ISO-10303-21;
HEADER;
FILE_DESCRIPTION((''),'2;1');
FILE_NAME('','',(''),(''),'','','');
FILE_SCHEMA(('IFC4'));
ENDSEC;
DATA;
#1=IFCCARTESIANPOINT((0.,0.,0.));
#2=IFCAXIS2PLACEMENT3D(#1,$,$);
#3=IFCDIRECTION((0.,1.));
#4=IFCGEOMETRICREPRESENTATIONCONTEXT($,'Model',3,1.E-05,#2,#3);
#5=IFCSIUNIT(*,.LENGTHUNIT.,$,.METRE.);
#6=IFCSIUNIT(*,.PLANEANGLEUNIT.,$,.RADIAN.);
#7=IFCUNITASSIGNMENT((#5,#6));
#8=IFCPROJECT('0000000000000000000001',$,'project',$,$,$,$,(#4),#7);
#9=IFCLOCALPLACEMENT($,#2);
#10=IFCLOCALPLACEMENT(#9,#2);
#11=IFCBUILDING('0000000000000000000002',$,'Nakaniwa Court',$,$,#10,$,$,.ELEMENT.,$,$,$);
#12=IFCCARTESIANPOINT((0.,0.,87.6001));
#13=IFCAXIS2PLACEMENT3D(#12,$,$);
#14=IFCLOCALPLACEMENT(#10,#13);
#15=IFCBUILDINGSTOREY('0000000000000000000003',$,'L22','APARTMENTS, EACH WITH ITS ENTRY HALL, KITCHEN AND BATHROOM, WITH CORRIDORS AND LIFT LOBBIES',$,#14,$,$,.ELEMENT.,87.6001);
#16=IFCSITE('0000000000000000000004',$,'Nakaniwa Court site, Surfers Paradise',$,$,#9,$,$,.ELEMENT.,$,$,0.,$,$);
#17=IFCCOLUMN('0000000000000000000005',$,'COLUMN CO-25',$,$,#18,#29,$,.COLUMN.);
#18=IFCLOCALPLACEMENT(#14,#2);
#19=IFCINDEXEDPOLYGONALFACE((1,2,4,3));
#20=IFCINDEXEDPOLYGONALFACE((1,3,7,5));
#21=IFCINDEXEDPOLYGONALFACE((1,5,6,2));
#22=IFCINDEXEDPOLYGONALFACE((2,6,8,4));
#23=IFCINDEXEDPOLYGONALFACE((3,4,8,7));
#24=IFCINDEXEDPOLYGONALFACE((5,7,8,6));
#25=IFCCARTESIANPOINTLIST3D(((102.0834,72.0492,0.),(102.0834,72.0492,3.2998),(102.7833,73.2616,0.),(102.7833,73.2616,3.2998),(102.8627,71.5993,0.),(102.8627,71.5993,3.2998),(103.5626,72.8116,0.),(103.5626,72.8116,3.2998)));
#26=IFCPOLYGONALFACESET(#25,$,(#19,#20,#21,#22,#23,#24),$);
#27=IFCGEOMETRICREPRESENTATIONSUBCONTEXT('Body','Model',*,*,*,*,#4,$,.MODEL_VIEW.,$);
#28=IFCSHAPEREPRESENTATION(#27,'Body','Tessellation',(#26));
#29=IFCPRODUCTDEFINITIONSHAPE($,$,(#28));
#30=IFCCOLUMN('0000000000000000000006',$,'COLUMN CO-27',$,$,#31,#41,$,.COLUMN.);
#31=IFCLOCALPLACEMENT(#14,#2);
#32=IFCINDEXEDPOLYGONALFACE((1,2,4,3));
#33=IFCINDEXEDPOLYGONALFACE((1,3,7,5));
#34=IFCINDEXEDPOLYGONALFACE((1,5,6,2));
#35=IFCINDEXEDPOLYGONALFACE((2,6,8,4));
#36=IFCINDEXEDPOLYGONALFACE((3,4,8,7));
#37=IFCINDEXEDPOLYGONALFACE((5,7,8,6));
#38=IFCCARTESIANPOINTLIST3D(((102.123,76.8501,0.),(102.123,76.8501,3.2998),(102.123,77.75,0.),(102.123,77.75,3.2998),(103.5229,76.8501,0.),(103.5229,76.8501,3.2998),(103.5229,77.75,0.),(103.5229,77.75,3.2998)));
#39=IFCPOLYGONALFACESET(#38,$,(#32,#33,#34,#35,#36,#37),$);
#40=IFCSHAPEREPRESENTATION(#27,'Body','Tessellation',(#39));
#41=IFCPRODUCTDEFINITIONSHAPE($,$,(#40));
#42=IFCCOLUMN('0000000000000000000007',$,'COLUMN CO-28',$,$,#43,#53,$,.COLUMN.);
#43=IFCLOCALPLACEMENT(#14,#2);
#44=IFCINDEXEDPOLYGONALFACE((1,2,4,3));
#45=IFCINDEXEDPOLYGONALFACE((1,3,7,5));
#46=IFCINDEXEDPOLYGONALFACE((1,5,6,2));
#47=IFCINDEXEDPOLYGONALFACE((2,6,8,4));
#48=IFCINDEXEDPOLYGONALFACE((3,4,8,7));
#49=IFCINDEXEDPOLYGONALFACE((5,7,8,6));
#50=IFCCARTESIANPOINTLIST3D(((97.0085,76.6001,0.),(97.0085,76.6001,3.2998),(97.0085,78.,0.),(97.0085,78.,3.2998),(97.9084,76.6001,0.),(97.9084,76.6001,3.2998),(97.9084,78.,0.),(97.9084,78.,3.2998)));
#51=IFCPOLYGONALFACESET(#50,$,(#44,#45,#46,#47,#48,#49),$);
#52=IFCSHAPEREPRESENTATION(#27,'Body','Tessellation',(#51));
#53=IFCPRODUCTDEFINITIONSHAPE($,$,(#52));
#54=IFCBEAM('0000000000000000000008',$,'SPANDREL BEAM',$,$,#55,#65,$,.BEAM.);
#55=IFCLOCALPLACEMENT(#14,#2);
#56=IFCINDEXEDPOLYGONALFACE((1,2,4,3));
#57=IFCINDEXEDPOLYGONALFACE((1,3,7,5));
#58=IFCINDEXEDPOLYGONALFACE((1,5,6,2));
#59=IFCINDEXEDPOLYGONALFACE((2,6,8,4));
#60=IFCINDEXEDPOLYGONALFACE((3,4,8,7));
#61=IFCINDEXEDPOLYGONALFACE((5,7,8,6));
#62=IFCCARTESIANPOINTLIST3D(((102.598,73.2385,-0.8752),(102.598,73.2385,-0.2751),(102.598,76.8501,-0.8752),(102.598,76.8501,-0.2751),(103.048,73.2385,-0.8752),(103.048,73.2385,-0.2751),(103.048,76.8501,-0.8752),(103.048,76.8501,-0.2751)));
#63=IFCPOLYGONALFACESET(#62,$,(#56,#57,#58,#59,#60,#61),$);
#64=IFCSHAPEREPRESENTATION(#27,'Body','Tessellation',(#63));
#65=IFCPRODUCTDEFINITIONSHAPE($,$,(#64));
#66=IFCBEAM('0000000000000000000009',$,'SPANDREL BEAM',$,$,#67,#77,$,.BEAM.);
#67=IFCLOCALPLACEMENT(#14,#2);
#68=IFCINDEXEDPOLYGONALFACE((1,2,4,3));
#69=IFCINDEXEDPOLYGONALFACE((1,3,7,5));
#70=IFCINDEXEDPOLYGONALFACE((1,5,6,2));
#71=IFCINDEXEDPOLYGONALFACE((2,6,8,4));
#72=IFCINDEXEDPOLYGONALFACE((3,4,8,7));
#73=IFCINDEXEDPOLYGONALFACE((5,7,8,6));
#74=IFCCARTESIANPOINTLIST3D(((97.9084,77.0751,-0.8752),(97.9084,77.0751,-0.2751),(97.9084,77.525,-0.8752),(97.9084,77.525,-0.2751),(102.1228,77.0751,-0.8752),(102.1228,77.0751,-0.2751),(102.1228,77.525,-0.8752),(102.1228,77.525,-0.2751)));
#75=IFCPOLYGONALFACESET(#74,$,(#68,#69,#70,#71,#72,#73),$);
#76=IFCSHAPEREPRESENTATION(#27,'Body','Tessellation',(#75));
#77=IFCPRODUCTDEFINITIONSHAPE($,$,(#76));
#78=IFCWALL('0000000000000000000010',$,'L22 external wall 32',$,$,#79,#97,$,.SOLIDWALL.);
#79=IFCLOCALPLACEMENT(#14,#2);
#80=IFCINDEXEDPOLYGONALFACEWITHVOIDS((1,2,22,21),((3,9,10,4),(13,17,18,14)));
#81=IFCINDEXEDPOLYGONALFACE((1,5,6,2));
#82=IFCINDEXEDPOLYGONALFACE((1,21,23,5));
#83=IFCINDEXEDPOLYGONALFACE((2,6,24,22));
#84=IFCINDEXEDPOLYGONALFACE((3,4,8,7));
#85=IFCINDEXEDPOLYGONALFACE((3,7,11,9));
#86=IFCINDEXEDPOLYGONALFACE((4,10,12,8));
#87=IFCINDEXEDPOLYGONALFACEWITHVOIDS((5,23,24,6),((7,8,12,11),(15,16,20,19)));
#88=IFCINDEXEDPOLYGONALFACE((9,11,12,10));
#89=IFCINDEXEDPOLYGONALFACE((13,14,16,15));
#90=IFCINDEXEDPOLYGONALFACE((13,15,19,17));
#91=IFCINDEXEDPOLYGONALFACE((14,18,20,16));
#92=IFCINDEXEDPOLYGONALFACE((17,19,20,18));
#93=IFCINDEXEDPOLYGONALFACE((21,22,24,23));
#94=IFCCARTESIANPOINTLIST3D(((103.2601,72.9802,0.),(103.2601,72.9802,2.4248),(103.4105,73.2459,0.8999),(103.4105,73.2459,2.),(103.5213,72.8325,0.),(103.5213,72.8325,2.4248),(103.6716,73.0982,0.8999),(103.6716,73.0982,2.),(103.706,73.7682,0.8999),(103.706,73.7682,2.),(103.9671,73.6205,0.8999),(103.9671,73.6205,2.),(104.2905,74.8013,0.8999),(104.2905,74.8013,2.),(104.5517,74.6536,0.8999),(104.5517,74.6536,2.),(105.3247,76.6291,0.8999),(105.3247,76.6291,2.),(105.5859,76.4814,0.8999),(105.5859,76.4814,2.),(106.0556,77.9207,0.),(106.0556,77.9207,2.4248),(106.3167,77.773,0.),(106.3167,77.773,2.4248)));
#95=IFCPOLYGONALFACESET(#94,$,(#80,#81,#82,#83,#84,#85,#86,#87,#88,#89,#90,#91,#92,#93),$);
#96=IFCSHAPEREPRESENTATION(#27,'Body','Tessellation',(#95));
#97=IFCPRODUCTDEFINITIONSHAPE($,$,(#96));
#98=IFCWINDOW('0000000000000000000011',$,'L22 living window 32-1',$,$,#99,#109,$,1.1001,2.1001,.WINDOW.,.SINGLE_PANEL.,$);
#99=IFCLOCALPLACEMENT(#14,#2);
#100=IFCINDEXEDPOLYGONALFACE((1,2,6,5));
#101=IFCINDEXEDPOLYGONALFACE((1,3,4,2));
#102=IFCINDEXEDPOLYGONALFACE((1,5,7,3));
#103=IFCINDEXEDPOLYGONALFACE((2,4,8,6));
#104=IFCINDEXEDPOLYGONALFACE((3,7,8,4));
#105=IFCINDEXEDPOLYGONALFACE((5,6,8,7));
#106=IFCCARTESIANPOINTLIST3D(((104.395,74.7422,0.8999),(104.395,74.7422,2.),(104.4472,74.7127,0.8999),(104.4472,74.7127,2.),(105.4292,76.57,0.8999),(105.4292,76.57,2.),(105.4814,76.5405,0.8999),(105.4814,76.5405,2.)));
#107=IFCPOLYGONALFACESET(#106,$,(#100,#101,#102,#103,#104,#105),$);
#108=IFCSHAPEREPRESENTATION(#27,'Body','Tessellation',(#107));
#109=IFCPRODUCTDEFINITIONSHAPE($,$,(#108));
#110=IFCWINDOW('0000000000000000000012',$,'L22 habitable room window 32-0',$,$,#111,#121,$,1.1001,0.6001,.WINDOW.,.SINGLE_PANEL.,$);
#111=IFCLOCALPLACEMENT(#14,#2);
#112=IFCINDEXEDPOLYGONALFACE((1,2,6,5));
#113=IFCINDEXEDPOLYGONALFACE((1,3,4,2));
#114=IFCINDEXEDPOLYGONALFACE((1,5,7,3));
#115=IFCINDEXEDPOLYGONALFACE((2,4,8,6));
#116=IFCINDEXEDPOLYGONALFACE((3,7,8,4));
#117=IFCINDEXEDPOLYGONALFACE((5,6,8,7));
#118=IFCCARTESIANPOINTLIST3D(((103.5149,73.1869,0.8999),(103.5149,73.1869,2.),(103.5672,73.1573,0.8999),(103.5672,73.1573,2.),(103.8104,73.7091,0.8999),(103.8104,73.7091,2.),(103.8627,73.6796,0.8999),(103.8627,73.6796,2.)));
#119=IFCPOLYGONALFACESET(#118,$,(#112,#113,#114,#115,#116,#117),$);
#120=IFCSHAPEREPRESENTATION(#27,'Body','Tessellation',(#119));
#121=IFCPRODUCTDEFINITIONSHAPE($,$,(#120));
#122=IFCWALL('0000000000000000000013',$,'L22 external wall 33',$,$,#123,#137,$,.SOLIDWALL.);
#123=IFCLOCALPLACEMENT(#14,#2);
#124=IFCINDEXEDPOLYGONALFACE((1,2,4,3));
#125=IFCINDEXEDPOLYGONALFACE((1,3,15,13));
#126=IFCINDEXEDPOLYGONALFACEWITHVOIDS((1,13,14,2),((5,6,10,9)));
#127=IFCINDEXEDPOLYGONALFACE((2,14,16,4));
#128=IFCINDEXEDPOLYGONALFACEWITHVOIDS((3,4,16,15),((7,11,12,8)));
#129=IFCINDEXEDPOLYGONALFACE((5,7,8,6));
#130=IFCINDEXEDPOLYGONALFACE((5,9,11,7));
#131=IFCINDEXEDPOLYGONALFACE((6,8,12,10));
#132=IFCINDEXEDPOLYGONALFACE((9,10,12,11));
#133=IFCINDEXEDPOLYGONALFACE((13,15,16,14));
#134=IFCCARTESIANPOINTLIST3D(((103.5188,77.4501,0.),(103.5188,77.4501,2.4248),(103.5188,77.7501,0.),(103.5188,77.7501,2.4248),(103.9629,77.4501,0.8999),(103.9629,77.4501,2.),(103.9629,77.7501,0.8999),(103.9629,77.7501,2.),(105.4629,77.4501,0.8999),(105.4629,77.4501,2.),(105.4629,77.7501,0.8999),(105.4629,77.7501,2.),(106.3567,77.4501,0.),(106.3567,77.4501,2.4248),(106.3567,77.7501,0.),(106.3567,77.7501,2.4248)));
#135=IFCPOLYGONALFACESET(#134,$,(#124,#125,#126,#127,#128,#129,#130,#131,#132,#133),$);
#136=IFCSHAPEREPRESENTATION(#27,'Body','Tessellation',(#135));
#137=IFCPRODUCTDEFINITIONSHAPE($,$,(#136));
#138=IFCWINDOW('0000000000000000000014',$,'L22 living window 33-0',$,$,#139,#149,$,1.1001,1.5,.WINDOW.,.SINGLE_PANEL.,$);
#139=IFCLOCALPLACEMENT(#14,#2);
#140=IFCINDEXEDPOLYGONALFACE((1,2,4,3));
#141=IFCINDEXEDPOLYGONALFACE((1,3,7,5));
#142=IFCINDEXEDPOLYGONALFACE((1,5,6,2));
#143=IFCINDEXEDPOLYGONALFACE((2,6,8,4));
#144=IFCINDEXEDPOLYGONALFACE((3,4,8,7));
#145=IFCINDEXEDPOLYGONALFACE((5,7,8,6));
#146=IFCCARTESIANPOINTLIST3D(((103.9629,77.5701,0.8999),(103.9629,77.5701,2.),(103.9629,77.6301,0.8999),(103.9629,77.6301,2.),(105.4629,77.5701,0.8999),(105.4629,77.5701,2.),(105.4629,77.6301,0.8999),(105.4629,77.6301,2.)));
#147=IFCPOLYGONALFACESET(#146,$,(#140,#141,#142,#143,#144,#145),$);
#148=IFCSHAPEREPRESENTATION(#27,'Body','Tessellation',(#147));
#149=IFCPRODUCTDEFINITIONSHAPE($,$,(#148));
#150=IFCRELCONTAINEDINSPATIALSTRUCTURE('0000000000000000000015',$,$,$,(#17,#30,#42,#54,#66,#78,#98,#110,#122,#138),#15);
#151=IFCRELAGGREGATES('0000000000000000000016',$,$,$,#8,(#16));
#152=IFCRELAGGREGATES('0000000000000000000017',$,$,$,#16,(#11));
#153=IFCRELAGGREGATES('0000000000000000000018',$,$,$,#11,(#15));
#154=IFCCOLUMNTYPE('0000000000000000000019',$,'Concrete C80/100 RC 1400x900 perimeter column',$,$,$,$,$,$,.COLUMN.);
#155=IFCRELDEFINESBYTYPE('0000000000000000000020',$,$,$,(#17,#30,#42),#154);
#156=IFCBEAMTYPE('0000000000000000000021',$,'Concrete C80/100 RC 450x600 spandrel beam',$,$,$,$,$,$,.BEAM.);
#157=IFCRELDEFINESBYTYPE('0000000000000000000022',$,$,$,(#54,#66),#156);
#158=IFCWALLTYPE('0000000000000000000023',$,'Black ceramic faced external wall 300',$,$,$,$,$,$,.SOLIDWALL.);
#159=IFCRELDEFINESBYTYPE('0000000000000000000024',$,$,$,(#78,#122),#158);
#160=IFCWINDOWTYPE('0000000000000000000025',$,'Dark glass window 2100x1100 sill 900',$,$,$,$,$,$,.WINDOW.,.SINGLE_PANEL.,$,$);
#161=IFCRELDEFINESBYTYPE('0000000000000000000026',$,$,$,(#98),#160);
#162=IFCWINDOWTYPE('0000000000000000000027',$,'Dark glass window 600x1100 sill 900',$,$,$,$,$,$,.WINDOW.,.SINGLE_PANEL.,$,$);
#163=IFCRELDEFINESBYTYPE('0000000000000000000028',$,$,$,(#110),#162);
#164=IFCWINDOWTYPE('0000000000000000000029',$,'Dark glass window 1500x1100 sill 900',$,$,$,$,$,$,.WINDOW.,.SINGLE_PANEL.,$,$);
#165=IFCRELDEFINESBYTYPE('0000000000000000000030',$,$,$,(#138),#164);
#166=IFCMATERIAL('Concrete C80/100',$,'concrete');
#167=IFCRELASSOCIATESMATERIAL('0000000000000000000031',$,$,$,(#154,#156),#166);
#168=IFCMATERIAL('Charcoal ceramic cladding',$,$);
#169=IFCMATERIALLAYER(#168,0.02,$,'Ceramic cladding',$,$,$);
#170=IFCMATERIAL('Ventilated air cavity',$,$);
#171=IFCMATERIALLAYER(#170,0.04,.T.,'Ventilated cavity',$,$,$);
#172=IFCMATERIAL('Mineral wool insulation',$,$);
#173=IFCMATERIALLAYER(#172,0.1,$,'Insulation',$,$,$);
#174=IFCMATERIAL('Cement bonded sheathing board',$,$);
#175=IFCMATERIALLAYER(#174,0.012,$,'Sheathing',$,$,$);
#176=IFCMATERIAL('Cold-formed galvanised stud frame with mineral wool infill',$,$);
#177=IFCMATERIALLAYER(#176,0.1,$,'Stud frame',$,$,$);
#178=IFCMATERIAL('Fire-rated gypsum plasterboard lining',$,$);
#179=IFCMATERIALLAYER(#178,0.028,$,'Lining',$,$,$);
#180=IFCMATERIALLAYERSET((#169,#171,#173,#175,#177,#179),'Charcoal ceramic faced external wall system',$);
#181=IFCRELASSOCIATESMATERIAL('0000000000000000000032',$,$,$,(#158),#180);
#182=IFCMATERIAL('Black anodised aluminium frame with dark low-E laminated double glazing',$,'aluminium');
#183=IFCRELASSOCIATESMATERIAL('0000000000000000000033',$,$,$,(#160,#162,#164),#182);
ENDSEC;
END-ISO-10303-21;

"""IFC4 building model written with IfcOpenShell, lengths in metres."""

from ifc_helpers import new_model, si_unit, direction, frame, frame_2d, origin, origin_2d, place, context, subcontext, project, spatial, rectangle, extrude, material, layer, layer_set, material_profile, profile_set, type_object, element, fill, save


model = new_model("IFC4")

# Units and contexts
model_context = context("Model", 3, precision=1e-05, world=origin(), true_north=direction((0.0, 1.0)))
body_context = subcontext(model_context, "Body", "Model", "MODEL_VIEW")
ifc_project = project(units=[si_unit("LENGTHUNIT", "METRE"), si_unit("PLANEANGLEUNIT", "RADIAN")], contexts=[model_context])

# Site, building, storey
site_placement = place(None, origin())
site = spatial("IfcSite", under=ifc_project, at=site_placement, Name="Nakaniwa Court site, Surfers Paradise", CompositionType="ELEMENT", RefElevation=0.0)
building_placement = place(site_placement, origin())
building = spatial("IfcBuilding", under=site, at=building_placement, Name="Nakaniwa Court", CompositionType="ELEMENT")
storey_placement = place(building_placement, frame((0.0, 0.0, 87.6001)))
storey = spatial("IfcBuildingStorey", under=building, at=storey_placement, Name="L22", Description="APARTMENTS, EACH WITH ITS ENTRY HALL, KITCHEN AND BATHROOM, WITH CORRIDORS AND LIFT LOBBIES", CompositionType="ELEMENT", Elevation=87.6001)

# Columns
ifc_material_1 = material(Name="Concrete C80/100", Category="concrete")
ifc_material_profile_1 = material_profile(ifc_material_1, rectangle(XDim=1.3999, YDim=0.8999, at=origin_2d()), Name="Concrete C80/100 RC 1400x900 perimeter column")
ifc_profile_set_1 = profile_set([ifc_material_profile_1], Name="Concrete C80/100")
column_type = type_object("IfcColumnType", Name="Concrete C80/100 RC 1400x900 perimeter column", PredefinedType="COLUMN", material=ifc_profile_set_1)
for number, where, z_axis, x_axis, name in (
    (1, (102.823, 72.4304, 0.0), (0.0, 0.0, 1.0), (0.5, 0.866025, 0.0), "COLUMN CO-25"),
    (2, (102.823, 77.3, 0.0), (0.0, 0.0, 1.0), (-1.0, 0.0, 0.0), "COLUMN CO-27"),
    (3, (97.4585, 77.3, 0.0), (0.0, 0.0, 1.0), (0.0, 1.0, 0.0), "COLUMN CO-28"),
):
    element("IfcColumn", number, at=place(storey_placement, frame(where, z_axis=z_axis, x_axis=x_axis)), inside=storey, type_object=column_type, Name=name, PredefinedType="COLUMN", context=body_context, shape_type="SweptSolid", body=[
        extrude(rectangle(XDim=1.3999, YDim=0.8999, at=origin_2d()), origin(), (0.0, 0.0, 1.0), 3.2998),
    ])

# Beams
ifc_material_profile_2 = material_profile(ifc_material_1, rectangle(XDim=0.45, YDim=0.6001, at=origin_2d()), Name="Concrete C80/100 RC 450x600 spandrel beam")
ifc_profile_set_2 = profile_set([ifc_material_profile_2], Name="Concrete C80/100")
beam_type = type_object("IfcBeamType", Name="Concrete C80/100 RC 450x600 spandrel beam", PredefinedType="BEAM", material=ifc_profile_set_2)
beam_1_placement = place(storey_placement, frame((102.823, 73.2385, -0.5752), z_axis=(0.0, 1.0, 0.0), x_axis=(-1.0, 0.0, 0.0)))
element("IfcBeam", 4, at=beam_1_placement, inside=storey, type_object=beam_type, Name="SPANDREL BEAM", PredefinedType="BEAM", context=body_context, shape_type="SweptSolid", body=[
    extrude(rectangle(XDim=0.45, YDim=0.6001, at=origin_2d()), origin(), (0.0, 0.0, 1.0), 3.6116),
])
beam_2_placement = place(storey_placement, frame((102.1228, 77.3, -0.5752), z_axis=(-1.0, 0.0, 0.0), x_axis=(0.0, -1.0, 0.0)))
element("IfcBeam", 5, at=beam_2_placement, inside=storey, type_object=beam_type, Name="SPANDREL BEAM", PredefinedType="BEAM", context=body_context, shape_type="SweptSolid", body=[
    extrude(rectangle(XDim=0.45, YDim=0.6001, at=origin_2d()), origin(), (0.0, 0.0, 1.0), 4.2144),
])

# Wall, openings, windows
ifc_material_2 = material(Name="Charcoal ceramic cladding")
ifc_layer_1 = layer(ifc_material_2, 0.02, Name="Ceramic cladding")
ifc_material_3 = material(Name="Ventilated air cavity")
ifc_layer_2 = layer(ifc_material_3, 0.04, ventilated=True, Name="Ventilated cavity")
ifc_material_4 = material(Name="Mineral wool insulation")
ifc_layer_3 = layer(ifc_material_4, 0.1, Name="Insulation")
ifc_material_5 = material(Name="Cement bonded sheathing board")
ifc_layer_4 = layer(ifc_material_5, 0.012, Name="Sheathing")
ifc_material_6 = material(Name="Cold-formed galvanised stud frame with mineral wool infill")
ifc_layer_5 = layer(ifc_material_6, 0.1, Name="Stud frame")
ifc_material_7 = material(Name="Fire-rated gypsum plasterboard lining")
ifc_layer_6 = layer(ifc_material_7, 0.028, Name="Lining")
ifc_layer_set = layer_set([ifc_layer_1, ifc_layer_2, ifc_layer_3, ifc_layer_4, ifc_layer_5, ifc_layer_6], Name="Charcoal ceramic faced external wall system")
wall_type = type_object("IfcWallType", Name="Black ceramic faced external wall 300", PredefinedType="SOLIDWALL", material=ifc_layer_set)
wall_1_placement = place(storey_placement, frame((103.3906, 72.9062, 0.0), z_axis=(0.0, 0.0, 1.0), x_axis=(0.492457, 0.870337, 0.0)))
wall_1 = element("IfcWall", 6, at=wall_1_placement, inside=storey, type_object=wall_type, Name="L22 external wall 32", PredefinedType="SOLIDWALL", context=body_context, shape_type="SweptSolid", body=[
    extrude(rectangle(XDim=5.6765, YDim=0.3, at=frame_2d((2.8384, 0.0))), origin(), (0.0, 0.0, 1.0), 2.4248),
])
opening_1_placement = place(wall_1_placement, frame((0.3054, 0.0, 0.8999)))
opening_1 = element("IfcOpeningElement", 7, at=opening_1_placement, cuts=wall_1, PredefinedType="OPENING", context=body_context, shape_type="SweptSolid", body=[
    extrude(rectangle(XDim=0.6001, YDim=1.1001, at=frame_2d((0.3, 0.55))), frame((0.0, 0.1599, 0.0), z_axis=(0.0, -1.0, 0.0), x_axis=(1.0, 0.0, 0.0)), (0.0, 0.0, 1.0), 0.3201),
])
opening_2_placement = place(wall_1_placement, frame((2.0925, 0.0, 0.8999)))
opening_2 = element("IfcOpeningElement", 8, at=opening_2_placement, cuts=wall_1, PredefinedType="OPENING", context=body_context, shape_type="SweptSolid", body=[
    extrude(rectangle(XDim=2.1001, YDim=1.1001, at=frame_2d((1.05, 0.55))), frame((0.0, 0.1599, 0.0), z_axis=(0.0, -1.0, 0.0), x_axis=(1.0, 0.0, 0.0)), (0.0, 0.0, 1.0), 0.3201),
])
ifc_material_8 = material(Name="Black anodised aluminium frame with dark low-E laminated double glazing", Category="aluminium")
window_type_1 = type_object("IfcWindowType", Name="Dark glass window 2100x1100 sill 900", PartitioningType="SINGLE_PANEL", PredefinedType="WINDOW", material=ifc_material_8)
window_1_placement = place(opening_2_placement, origin())
window_1 = element("IfcWindow", 9, at=window_1_placement, inside=storey, type_object=window_type_1, Name="L22 living window 32-1", OverallHeight=1.1001, OverallWidth=2.1001, PartitioningType="SINGLE_PANEL", PredefinedType="WINDOW", context=body_context, shape_type="SweptSolid", body=[
    extrude(rectangle(XDim=2.1001, YDim=1.1001, at=frame_2d((1.05, 0.55))), frame((0.0, 0.03, 0.0), z_axis=(0.0, -1.0, 0.0), x_axis=(1.0, 0.0, 0.0)), (0.0, 0.0, 1.0), 0.0601),
])
fill(opening_2, window_1)
window_type_2 = type_object("IfcWindowType", Name="Dark glass window 600x1100 sill 900", PartitioningType="SINGLE_PANEL", PredefinedType="WINDOW", material=ifc_material_8)
window_2_placement = place(opening_1_placement, origin())
window_2 = element("IfcWindow", 10, at=window_2_placement, inside=storey, type_object=window_type_2, Name="L22 habitable room window 32-0", OverallHeight=1.1001, OverallWidth=0.6001, PartitioningType="SINGLE_PANEL", PredefinedType="WINDOW", context=body_context, shape_type="SweptSolid", body=[
    extrude(rectangle(XDim=0.6001, YDim=1.1001, at=frame_2d((0.3, 0.55))), frame((0.0, 0.03, 0.0), z_axis=(0.0, -1.0, 0.0), x_axis=(1.0, 0.0, 0.0)), (0.0, 0.0, 1.0), 0.0601),
])
fill(opening_1, window_2)

# Wall, opening, window
wall_2_placement = place(storey_placement, frame((106.3567, 77.6001, 0.0), z_axis=(0.0, 0.0, 1.0), x_axis=(-1.0, 0.0, 0.0)))
wall_2 = element("IfcWall", 11, at=wall_2_placement, inside=storey, type_object=wall_type, Name="L22 external wall 33", PredefinedType="SOLIDWALL", context=body_context, shape_type="SweptSolid", body=[
    extrude(rectangle(XDim=2.8379, YDim=0.3, at=frame_2d((1.4189, 0.0))), origin(), (0.0, 0.0, 1.0), 2.4248),
])
opening_3_placement = place(wall_2_placement, frame((0.8938, 0.0, 0.8999)))
opening_3 = element("IfcOpeningElement", 12, at=opening_3_placement, cuts=wall_2, PredefinedType="OPENING", context=body_context, shape_type="SweptSolid", body=[
    extrude(rectangle(XDim=1.5, YDim=1.1001, at=frame_2d((0.75, 0.55))), frame((0.0, 0.1599, 0.0), z_axis=(0.0, -1.0, 0.0), x_axis=(1.0, 0.0, 0.0)), (0.0, 0.0, 1.0), 0.3201),
])
window_type_3 = type_object("IfcWindowType", Name="Dark glass window 1500x1100 sill 900", PartitioningType="SINGLE_PANEL", PredefinedType="WINDOW", material=ifc_material_8)
window_3_placement = place(opening_3_placement, origin())
window_3 = element("IfcWindow", 13, at=window_3_placement, inside=storey, type_object=window_type_3, Name="L22 living window 33-0", OverallHeight=1.1001, OverallWidth=1.5, PartitioningType="SINGLE_PANEL", PredefinedType="WINDOW", context=body_context, shape_type="SweptSolid", body=[
    extrude(rectangle(XDim=1.5, YDim=1.1001, at=frame_2d((0.75, 0.55))), frame((0.0, 0.03, 0.0), z_axis=(0.0, -1.0, 0.0), x_axis=(1.0, 0.0, 0.0)), (0.0, 0.0, 1.0), 0.0601),
])
fill(opening_3, window_3)

save(model, "model.ifc")
